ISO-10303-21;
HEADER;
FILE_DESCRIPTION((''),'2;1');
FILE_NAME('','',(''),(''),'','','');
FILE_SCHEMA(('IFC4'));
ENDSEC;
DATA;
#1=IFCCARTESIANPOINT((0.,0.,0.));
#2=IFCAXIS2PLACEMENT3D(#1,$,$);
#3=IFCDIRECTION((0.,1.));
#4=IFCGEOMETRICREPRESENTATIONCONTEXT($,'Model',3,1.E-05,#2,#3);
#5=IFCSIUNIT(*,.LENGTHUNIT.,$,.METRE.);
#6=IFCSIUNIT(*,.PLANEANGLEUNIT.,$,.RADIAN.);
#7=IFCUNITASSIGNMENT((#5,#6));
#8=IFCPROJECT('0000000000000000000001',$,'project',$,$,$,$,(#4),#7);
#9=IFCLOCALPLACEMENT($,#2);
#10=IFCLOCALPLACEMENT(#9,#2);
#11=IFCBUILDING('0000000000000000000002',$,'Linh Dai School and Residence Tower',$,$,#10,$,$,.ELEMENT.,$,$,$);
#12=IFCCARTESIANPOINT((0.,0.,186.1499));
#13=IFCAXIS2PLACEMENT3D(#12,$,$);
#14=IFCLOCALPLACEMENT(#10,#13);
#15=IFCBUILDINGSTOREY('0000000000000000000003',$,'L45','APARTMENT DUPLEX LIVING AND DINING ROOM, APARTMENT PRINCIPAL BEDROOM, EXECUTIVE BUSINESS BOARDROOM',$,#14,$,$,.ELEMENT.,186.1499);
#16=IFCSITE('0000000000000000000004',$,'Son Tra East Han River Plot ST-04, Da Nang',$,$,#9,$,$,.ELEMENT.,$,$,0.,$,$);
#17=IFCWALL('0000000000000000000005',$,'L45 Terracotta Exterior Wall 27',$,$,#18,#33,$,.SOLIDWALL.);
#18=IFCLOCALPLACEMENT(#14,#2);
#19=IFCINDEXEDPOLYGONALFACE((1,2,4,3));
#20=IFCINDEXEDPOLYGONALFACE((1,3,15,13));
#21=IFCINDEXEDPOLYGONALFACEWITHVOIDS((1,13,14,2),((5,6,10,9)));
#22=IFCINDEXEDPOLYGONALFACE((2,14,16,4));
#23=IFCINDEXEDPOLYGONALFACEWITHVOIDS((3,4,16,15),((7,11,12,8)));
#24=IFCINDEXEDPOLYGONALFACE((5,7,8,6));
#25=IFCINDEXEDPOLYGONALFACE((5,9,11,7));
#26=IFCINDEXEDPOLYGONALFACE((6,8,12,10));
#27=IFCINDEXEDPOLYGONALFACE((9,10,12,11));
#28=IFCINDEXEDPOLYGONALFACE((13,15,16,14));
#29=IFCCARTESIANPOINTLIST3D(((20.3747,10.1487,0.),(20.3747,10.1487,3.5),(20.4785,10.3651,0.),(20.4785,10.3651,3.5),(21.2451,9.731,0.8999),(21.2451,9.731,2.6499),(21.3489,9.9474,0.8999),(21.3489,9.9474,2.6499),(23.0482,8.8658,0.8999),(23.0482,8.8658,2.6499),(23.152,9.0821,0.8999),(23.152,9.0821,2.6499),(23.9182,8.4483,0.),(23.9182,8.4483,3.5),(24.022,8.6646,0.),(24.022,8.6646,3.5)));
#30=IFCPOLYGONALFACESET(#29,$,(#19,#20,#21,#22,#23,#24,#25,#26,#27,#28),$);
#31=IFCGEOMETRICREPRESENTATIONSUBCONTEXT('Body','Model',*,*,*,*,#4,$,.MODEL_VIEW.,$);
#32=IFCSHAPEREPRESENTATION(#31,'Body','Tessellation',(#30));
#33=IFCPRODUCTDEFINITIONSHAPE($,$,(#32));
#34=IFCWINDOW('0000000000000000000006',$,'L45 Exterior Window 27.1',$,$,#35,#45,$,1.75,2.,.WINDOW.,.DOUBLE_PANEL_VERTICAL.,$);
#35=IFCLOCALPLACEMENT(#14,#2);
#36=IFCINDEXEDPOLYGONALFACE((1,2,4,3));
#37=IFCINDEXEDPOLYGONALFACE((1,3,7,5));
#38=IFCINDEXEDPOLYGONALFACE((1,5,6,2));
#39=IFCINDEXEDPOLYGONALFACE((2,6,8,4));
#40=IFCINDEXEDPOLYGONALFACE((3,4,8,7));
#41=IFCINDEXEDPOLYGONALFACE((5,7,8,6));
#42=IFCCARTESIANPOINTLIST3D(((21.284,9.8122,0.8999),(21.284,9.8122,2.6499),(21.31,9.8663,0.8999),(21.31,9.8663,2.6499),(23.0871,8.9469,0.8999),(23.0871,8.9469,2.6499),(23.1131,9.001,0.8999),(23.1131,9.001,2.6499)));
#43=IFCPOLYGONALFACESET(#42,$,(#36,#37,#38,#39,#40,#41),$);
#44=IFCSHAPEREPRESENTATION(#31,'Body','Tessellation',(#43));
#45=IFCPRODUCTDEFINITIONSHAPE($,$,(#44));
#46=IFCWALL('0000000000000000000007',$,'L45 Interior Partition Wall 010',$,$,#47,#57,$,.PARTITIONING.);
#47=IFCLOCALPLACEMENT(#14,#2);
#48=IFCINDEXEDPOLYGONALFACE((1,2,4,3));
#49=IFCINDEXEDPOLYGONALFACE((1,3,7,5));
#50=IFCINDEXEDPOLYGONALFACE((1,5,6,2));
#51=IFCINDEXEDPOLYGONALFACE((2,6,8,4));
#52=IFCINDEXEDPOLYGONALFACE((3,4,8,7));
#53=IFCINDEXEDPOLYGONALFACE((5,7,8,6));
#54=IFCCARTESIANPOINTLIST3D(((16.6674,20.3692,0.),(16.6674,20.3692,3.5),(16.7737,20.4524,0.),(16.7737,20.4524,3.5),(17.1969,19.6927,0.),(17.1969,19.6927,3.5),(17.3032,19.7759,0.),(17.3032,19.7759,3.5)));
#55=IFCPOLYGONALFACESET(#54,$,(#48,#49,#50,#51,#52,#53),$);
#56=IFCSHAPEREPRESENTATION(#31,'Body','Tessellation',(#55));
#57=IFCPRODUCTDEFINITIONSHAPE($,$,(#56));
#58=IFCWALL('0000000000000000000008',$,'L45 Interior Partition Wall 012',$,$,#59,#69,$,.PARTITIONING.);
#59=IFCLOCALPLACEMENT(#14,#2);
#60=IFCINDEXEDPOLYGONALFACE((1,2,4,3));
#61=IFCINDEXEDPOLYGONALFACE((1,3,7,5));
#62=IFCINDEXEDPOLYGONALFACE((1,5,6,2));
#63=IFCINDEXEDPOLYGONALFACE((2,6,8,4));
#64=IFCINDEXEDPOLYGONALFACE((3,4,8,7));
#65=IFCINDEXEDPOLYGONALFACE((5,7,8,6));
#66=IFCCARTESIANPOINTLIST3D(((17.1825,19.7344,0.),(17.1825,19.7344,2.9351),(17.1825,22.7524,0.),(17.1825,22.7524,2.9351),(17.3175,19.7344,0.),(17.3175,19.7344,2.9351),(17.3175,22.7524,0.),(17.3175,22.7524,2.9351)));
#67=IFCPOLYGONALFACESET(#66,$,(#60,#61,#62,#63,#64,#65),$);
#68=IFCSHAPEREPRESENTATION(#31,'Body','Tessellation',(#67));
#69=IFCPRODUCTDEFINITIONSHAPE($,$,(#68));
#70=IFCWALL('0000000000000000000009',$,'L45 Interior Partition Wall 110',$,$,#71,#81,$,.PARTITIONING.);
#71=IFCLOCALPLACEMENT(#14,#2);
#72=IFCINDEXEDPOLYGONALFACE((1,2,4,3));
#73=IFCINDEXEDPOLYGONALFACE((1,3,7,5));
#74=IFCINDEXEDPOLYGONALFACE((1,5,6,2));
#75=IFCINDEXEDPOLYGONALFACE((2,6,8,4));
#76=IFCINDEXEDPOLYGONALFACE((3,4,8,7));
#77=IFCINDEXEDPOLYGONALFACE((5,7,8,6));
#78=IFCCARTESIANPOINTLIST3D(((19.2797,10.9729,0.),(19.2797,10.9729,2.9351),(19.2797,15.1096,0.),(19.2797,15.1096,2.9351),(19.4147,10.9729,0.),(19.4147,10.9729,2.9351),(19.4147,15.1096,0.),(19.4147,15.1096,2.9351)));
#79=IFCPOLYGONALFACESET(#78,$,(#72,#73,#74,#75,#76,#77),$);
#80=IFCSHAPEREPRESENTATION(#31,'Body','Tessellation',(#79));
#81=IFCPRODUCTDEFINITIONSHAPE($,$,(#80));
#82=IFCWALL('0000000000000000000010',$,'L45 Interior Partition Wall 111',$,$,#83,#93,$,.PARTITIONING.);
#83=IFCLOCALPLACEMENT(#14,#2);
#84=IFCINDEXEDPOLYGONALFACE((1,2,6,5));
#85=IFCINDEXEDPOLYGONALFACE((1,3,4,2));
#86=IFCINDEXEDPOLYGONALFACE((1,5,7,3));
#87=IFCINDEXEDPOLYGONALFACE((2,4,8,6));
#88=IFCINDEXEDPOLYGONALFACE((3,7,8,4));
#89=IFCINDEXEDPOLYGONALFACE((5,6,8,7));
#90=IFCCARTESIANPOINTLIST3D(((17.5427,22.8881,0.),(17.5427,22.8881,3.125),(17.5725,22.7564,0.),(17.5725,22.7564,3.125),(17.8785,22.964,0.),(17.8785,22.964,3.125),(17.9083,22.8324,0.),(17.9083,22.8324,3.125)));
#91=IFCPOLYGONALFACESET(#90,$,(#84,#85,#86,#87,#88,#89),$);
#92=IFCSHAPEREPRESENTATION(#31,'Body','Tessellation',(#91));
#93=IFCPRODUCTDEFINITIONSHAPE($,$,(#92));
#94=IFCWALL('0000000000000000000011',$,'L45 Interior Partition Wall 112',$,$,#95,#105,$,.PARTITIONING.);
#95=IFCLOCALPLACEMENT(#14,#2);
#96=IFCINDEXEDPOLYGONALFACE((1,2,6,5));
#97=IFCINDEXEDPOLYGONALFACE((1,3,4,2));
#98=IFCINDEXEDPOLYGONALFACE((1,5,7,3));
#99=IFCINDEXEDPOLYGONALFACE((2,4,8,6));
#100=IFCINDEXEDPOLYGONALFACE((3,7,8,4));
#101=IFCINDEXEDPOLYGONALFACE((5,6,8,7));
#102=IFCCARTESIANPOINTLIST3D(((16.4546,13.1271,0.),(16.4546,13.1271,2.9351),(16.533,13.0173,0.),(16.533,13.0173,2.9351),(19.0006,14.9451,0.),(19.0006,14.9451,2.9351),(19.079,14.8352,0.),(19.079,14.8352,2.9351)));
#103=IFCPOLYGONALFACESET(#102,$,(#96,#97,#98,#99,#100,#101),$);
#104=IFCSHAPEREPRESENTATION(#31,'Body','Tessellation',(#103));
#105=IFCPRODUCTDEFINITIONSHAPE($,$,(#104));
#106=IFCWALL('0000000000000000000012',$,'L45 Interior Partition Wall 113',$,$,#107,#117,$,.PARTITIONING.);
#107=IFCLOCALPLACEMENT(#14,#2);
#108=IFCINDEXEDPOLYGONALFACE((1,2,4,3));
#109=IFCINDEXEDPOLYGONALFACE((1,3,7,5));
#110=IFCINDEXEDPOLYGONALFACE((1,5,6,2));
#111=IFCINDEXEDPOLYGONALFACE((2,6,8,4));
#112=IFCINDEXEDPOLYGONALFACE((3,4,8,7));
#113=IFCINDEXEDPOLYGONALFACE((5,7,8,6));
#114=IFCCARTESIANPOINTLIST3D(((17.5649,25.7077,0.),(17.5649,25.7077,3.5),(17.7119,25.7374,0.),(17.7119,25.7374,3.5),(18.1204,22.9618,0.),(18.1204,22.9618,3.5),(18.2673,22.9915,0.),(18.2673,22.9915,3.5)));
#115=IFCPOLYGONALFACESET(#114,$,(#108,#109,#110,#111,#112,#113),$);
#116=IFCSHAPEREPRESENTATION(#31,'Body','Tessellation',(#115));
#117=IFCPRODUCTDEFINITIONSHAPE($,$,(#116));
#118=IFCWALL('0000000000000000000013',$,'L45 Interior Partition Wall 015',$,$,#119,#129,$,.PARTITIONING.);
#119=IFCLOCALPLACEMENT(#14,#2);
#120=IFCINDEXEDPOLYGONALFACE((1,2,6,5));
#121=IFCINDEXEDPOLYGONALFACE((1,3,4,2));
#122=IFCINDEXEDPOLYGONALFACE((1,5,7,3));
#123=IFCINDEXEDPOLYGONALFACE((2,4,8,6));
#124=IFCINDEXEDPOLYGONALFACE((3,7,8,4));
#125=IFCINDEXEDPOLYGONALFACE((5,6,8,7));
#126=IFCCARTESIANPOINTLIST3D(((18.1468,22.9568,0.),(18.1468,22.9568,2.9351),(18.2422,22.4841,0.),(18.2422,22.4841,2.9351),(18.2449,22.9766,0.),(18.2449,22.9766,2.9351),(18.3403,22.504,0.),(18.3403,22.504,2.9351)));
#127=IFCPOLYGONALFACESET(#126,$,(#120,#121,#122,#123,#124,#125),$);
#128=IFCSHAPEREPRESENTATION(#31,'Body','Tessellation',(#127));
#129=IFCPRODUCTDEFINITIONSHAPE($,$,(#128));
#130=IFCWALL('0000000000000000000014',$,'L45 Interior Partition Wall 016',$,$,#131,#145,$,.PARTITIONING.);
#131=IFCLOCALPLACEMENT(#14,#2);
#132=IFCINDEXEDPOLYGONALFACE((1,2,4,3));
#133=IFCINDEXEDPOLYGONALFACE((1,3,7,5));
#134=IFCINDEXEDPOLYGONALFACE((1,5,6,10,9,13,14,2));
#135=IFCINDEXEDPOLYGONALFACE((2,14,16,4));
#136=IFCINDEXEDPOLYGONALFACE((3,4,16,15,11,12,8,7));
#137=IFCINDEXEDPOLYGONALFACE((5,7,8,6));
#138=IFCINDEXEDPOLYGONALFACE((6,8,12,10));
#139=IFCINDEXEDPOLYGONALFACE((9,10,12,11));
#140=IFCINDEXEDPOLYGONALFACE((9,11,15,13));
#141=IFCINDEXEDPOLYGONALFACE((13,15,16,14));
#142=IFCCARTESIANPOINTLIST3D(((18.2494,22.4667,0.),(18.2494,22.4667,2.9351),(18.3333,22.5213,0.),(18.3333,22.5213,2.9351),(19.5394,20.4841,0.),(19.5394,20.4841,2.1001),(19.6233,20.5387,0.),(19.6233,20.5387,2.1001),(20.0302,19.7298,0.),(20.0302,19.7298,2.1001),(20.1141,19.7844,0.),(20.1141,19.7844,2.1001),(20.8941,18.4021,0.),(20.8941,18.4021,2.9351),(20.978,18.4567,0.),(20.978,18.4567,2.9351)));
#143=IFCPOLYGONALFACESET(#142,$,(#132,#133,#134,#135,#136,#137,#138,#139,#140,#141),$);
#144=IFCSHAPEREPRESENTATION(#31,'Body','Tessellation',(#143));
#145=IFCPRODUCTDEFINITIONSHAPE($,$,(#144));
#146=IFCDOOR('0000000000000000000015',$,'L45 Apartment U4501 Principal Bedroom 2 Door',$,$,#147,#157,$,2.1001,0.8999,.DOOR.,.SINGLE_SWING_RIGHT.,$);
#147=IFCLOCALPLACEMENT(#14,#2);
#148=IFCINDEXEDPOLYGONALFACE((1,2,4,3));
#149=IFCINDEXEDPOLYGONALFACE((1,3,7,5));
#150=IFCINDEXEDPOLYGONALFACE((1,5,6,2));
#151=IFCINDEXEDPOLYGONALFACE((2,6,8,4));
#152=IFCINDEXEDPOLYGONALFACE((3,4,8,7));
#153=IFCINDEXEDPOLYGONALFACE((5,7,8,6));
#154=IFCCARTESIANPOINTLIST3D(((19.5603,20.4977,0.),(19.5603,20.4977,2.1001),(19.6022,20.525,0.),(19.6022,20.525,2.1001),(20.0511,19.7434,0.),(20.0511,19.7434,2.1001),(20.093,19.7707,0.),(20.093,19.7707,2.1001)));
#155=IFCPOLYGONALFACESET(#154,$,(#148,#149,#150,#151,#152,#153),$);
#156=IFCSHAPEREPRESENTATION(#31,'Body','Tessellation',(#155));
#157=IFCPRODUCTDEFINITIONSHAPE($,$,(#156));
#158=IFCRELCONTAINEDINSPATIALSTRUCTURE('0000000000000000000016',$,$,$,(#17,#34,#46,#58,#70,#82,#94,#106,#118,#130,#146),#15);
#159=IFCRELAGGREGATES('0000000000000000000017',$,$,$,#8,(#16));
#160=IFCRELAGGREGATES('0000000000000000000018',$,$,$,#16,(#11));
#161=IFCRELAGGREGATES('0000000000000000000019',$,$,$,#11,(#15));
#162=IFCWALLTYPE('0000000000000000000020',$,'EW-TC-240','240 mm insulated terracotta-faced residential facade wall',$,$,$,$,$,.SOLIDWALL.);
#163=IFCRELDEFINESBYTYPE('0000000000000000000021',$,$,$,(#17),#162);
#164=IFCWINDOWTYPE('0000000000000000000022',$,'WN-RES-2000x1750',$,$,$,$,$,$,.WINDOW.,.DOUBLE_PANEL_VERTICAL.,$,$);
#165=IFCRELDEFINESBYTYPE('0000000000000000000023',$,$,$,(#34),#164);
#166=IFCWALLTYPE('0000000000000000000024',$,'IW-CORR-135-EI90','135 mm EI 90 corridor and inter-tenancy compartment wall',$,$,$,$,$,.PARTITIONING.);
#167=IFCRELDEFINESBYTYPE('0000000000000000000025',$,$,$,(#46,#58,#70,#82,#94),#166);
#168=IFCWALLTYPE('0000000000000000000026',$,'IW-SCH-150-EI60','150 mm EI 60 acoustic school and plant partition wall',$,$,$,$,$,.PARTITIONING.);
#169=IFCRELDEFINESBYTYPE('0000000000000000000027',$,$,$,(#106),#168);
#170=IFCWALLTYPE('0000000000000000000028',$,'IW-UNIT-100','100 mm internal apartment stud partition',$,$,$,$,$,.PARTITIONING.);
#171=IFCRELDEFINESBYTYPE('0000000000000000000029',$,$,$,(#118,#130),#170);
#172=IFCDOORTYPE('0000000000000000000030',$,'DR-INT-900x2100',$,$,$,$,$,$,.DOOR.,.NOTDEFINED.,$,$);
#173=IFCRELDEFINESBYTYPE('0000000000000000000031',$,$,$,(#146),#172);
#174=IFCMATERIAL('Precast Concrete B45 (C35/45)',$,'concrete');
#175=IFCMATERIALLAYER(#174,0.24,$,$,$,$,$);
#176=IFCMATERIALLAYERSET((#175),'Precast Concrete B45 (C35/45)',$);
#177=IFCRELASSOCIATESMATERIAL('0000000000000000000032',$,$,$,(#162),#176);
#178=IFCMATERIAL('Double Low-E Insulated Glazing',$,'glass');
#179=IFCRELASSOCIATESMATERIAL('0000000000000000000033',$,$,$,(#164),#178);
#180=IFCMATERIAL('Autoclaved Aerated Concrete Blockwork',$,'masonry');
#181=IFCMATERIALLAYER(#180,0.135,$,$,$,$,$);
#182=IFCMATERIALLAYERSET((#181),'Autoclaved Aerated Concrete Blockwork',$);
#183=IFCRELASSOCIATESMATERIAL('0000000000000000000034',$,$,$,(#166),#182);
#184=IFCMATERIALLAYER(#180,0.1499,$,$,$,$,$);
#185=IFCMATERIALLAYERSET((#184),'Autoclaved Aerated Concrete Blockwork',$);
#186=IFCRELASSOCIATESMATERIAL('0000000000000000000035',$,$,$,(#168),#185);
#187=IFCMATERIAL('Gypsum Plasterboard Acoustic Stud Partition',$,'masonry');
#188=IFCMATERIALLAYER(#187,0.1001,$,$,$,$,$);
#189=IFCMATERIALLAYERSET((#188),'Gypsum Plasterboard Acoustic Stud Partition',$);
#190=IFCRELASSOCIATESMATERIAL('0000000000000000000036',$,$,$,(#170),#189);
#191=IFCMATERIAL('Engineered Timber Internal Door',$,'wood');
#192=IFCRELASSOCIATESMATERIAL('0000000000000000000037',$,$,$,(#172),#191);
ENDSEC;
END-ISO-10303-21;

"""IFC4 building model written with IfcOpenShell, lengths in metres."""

from ifc_helpers import new_model, si_unit, direction, frame, frame_2d, origin, origin_2d, place, context, subcontext, project, spatial, rectangle, extrude, source, transform, mapped, material, layer, layer_set, type_object, element, fill, save


model = new_model("IFC4")

# Units and contexts
model_context = context("Model", 3, precision=1e-05, world=origin(), true_north=direction((0.0, 1.0)))
body_context = subcontext(model_context, "Body", "Model", "MODEL_VIEW")
ifc_project = project(units=[si_unit("LENGTHUNIT", "METRE"), si_unit("PLANEANGLEUNIT", "RADIAN")], contexts=[model_context])

# Site, building, storey
site_placement = place(None, origin())
site = spatial("IfcSite", under=ifc_project, at=site_placement, Name="Son Tra East Han River Plot ST-04, Da Nang", CompositionType="ELEMENT", RefElevation=0.0)
building_placement = place(site_placement, origin())
building = spatial("IfcBuilding", under=site, at=building_placement, Name="Linh Dai School and Residence Tower", CompositionType="ELEMENT")
storey_placement = place(building_placement, frame((0.0, 0.0, 186.1499)))
storey = spatial("IfcBuildingStorey", under=building, at=storey_placement, Name="L45", Description="APARTMENT DUPLEX LIVING AND DINING ROOM, APARTMENT PRINCIPAL BEDROOM, EXECUTIVE BUSINESS BOARDROOM", CompositionType="ELEMENT", Elevation=186.1499)

# Shared definitions
ifc_material_1 = material(Name="Precast Concrete B45 (C35/45)", Category="concrete")

# Shared definitions
ifc_layer_1 = layer(ifc_material_1, 0.24)
ifc_layer_set_1 = layer_set([ifc_layer_1], Name="Precast Concrete B45 (C35/45)")
wall_type_1 = type_object("IfcWallType", Name="EW-TC-240", Description="240 mm insulated terracotta-faced residential facade wall", PredefinedType="SOLIDWALL", material=ifc_layer_set_1)
ifc_material_2 = material(Name="Double Low-E Insulated Glazing", Category="glass")

# Wall, opening, window
wall_1_placement = place(storey_placement, frame((23.9702, 8.5564, 0.0), z_axis=(0.0, 0.0, 1.0), x_axis=(-0.901565, 0.432644, 0.0)))
wall_1 = element("IfcWall", 1, at=wall_1_placement, inside=storey, type_object=wall_type_1, Name="L45 Terracotta Exterior Wall 27", PredefinedType="SOLIDWALL", context=body_context, shape_type="SweptSolid", body=[
    extrude(rectangle(XDim=3.9304, YDim=0.24, at=frame_2d((1.9653, 0.0))), origin(), (0.0, 0.0, 1.0), 3.5),
])
opening_1_placement = place(wall_1_placement, frame((0.9651, 0.0, 0.8999)))
opening_1 = element("IfcOpeningElement", 2, at=opening_1_placement, cuts=wall_1, PredefinedType="OPENING", context=body_context, shape_type="SweptSolid", body=[
    extrude(rectangle(XDim=2.0, YDim=1.75, at=origin_2d()), frame((1.0, 0.1299, 0.875), z_axis=(0.0, -1.0, 0.0), x_axis=(1.0, 0.0, 0.0)), (0.0, 0.0, 1.0), 0.26),
])
window_type_1 = type_object("IfcWindowType", Name="WN-RES-2000x1750", PartitioningType="DOUBLE_PANEL_VERTICAL", PredefinedType="WINDOW", material=ifc_material_2)
shared_shape_1 = source(origin(), body_context, "Body", "SweptSolid", [
    extrude(rectangle(XDim=2.0, YDim=1.75, at=origin_2d()), frame((1.0, 0.03, 0.875), z_axis=(0.0, -1.0, 0.0), x_axis=(1.0, 0.0, 0.0)), (0.0, 0.0, 1.0), 0.0601),
])
window_1_placement = place(opening_1_placement, origin())
window_1 = element("IfcWindow", 3, at=window_1_placement, inside=storey, type_object=window_type_1, Name="L45 Exterior Window 27.1", OverallHeight=1.75, OverallWidth=2.0, PartitioningType="DOUBLE_PANEL_VERTICAL", PredefinedType="WINDOW", context=body_context, shape_type="MappedRepresentation", body=[
    mapped(shared_shape_1, transform((0.0, 0.0, 0.0), x_axis=(1.0, 0.0, 0.0), y_axis=(0.0, 1.0, 0.0), z_axis=(0.0, 0.0, 1.0), scale=1.0)),
])
fill(opening_1, window_1)

# Walls
ifc_material_3 = material(Name="Autoclaved Aerated Concrete Blockwork", Category="masonry")
ifc_layer_2 = layer(ifc_material_3, 0.135)
ifc_layer_set_2 = layer_set([ifc_layer_2], Name="Autoclaved Aerated Concrete Blockwork")
wall_type_2 = type_object("IfcWallType", Name="IW-CORR-135-EI90", Description="135 mm EI 90 corridor and inter-tenancy compartment wall", PredefinedType="PARTITIONING", material=ifc_layer_set_2)
wall_2_placement = place(storey_placement, frame((16.7205, 20.4109, 0.0), z_axis=(0.0, 0.0, 1.0), x_axis=(0.616377, -0.787451, 0.0)))
element("IfcWall", 4, at=wall_2_placement, inside=storey, type_object=wall_type_2, Name="L45 Interior Partition Wall 010", PredefinedType="PARTITIONING", context=body_context, shape_type="SweptSolid", body=[
    extrude(rectangle(XDim=0.8591, YDim=0.135, at=frame_2d((0.4297, 0.0))), origin(), (0.0, 0.0, 1.0), 3.5),
])
wall_3_placement = place(storey_placement, frame((17.25, 19.7344, 0.0), z_axis=(0.0, 0.0, 1.0), x_axis=(0.0, 1.0, 0.0)))
element("IfcWall", 5, at=wall_3_placement, inside=storey, type_object=wall_type_2, Name="L45 Interior Partition Wall 012", PredefinedType="PARTITIONING", context=body_context, shape_type="SweptSolid", body=[
    extrude(rectangle(XDim=3.0181, YDim=0.135, at=frame_2d((1.509, 0.0))), origin(), (0.0, 0.0, 1.0), 2.9351),
])
wall_4_placement = place(storey_placement, frame((19.3472, 10.9729, 0.0), z_axis=(0.0, 0.0, 1.0), x_axis=(0.0, 1.0, 0.0)))
element("IfcWall", 6, at=wall_4_placement, inside=storey, type_object=wall_type_2, Name="L45 Interior Partition Wall 110", PredefinedType="PARTITIONING", context=body_context, shape_type="SweptSolid", body=[
    extrude(rectangle(XDim=4.1367, YDim=0.135, at=frame_2d((2.0684, 0.0))), origin(), (0.0, 0.0, 1.0), 2.9351),
])
wall_5_placement = place(storey_placement, frame((17.5576, 22.8223, 0.0), z_axis=(0.0, 0.0, 1.0), x_axis=(0.975362, 0.220609, 0.0)))
element("IfcWall", 7, at=wall_5_placement, inside=storey, type_object=wall_type_2, Name="L45 Interior Partition Wall 111", PredefinedType="PARTITIONING", context=body_context, shape_type="SweptSolid", body=[
    extrude(rectangle(XDim=0.3442, YDim=0.135, at=frame_2d((0.1721, 0.0))), origin(), (0.0, 0.0, 1.0), 3.125),
])
wall_6_placement = place(storey_placement, frame((19.0398, 14.8901, 0.0), z_axis=(0.0, 0.0, 1.0), x_axis=(-0.813828, -0.581105, 0.0)))
element("IfcWall", 8, at=wall_6_placement, inside=storey, type_object=wall_type_2, Name="L45 Interior Partition Wall 112", PredefinedType="PARTITIONING", context=body_context, shape_type="SweptSolid", body=[
    extrude(rectangle(XDim=3.1284, YDim=0.135, at=frame_2d((1.5642, 0.0))), origin(), (0.0, 0.0, 1.0), 2.9351),
])
ifc_layer_3 = layer(ifc_material_3, 0.1499)
ifc_layer_set_3 = layer_set([ifc_layer_3], Name="Autoclaved Aerated Concrete Blockwork")
wall_type_3 = type_object("IfcWallType", Name="IW-SCH-150-EI60", Description="150 mm EI 60 acoustic school and plant partition wall", PredefinedType="PARTITIONING", material=ifc_layer_set_3)
wall_7_placement = place(storey_placement, frame((18.1938, 22.9766, 0.0), z_axis=(0.0, 0.0, 1.0), x_axis=(-0.198261, 0.980149, 0.0)))
element("IfcWall", 9, at=wall_7_placement, inside=storey, type_object=wall_type_3, Name="L45 Interior Partition Wall 113", PredefinedType="PARTITIONING", context=body_context, shape_type="SweptSolid", body=[
    extrude(rectangle(XDim=2.8015, YDim=0.1499, at=frame_2d((1.4009, 0.0))), origin(), (0.0, 0.0, 1.0), 3.5),
])
ifc_material_4 = material(Name="Gypsum Plasterboard Acoustic Stud Partition", Category="masonry")
ifc_layer_4 = layer(ifc_material_4, 0.1001)
ifc_layer_set_4 = layer_set([ifc_layer_4], Name="Gypsum Plasterboard Acoustic Stud Partition")
wall_type_4 = type_object("IfcWallType", Name="IW-UNIT-100", Description="100 mm internal apartment stud partition", PredefinedType="PARTITIONING", material=ifc_layer_set_4)
wall_8_placement = place(storey_placement, frame((18.1958, 22.9668, 0.0), z_axis=(0.0, 0.0, 1.0), x_axis=(0.197966, -0.980209, 0.0)))
element("IfcWall", 10, at=wall_8_placement, inside=storey, type_object=wall_type_4, Name="L45 Interior Partition Wall 015", PredefinedType="PARTITIONING", context=body_context, shape_type="SweptSolid", body=[
    extrude(rectangle(XDim=0.4822, YDim=0.1001, at=frame_2d((0.2412, 0.0))), origin(), (0.0, 0.0, 1.0), 2.9351),
])

# Wall, opening, door
wall_9_placement = place(storey_placement, frame((18.2913, 22.4941, 0.0), z_axis=(0.0, 0.0, 1.0), x_axis=(0.545383, -0.838187, 0.0)))
wall_9 = element("IfcWall", 11, at=wall_9_placement, inside=storey, type_object=wall_type_4, Name="L45 Interior Partition Wall 016", PredefinedType="PARTITIONING", context=body_context, shape_type="SweptSolid", body=[
    extrude(rectangle(XDim=4.8494, YDim=0.1001, at=frame_2d((2.4248, 0.0))), origin(), (0.0, 0.0, 1.0), 2.9351),
])
opening_2_placement = place(wall_9_placement, frame((2.3655, 0.0, 0.0)))
opening_2 = element("IfcOpeningElement", 12, at=opening_2_placement, cuts=wall_9, PredefinedType="OPENING", context=body_context, shape_type="SweptSolid", body=[
    extrude(rectangle(XDim=0.8999, YDim=2.1001, at=origin_2d()), frame((0.45, 0.0601, 1.05), z_axis=(0.0, -1.0, 0.0), x_axis=(1.0, 0.0, 0.0)), (0.0, 0.0, 1.0), 0.1201),
])
ifc_material_5 = material(Name="Engineered Timber Internal Door", Category="wood")
door_type_1 = type_object("IfcDoorType", Name="DR-INT-900x2100", OperationType="NOTDEFINED", PredefinedType="DOOR", material=ifc_material_5)
shared_shape_2 = source(origin(), body_context, "Body", "SweptSolid", [
    extrude(rectangle(XDim=0.8999, YDim=2.1001, at=origin_2d()), frame((0.45, 0.0249, 1.05), z_axis=(0.0, -1.0, 0.0), x_axis=(1.0, 0.0, 0.0)), (0.0, 0.0, 1.0), 0.05),
])
door_1_placement = place(opening_2_placement, origin())
door_1 = element("IfcDoor", 13, at=door_1_placement, inside=storey, type_object=door_type_1, Name="L45 Apartment U4501 Principal Bedroom 2 Door", OperationType="SINGLE_SWING_RIGHT", OverallHeight=2.1001, OverallWidth=0.8999, PredefinedType="DOOR", context=body_context, shape_type="MappedRepresentation", body=[
    mapped(shared_shape_2, transform((0.0, 0.0, 0.0), x_axis=(1.0, 0.0, 0.0), y_axis=(0.0, 1.0, 0.0), z_axis=(0.0, 0.0, 1.0), scale=1.0)),
])
fill(opening_2, door_1)

save(model, "model.ifc")
